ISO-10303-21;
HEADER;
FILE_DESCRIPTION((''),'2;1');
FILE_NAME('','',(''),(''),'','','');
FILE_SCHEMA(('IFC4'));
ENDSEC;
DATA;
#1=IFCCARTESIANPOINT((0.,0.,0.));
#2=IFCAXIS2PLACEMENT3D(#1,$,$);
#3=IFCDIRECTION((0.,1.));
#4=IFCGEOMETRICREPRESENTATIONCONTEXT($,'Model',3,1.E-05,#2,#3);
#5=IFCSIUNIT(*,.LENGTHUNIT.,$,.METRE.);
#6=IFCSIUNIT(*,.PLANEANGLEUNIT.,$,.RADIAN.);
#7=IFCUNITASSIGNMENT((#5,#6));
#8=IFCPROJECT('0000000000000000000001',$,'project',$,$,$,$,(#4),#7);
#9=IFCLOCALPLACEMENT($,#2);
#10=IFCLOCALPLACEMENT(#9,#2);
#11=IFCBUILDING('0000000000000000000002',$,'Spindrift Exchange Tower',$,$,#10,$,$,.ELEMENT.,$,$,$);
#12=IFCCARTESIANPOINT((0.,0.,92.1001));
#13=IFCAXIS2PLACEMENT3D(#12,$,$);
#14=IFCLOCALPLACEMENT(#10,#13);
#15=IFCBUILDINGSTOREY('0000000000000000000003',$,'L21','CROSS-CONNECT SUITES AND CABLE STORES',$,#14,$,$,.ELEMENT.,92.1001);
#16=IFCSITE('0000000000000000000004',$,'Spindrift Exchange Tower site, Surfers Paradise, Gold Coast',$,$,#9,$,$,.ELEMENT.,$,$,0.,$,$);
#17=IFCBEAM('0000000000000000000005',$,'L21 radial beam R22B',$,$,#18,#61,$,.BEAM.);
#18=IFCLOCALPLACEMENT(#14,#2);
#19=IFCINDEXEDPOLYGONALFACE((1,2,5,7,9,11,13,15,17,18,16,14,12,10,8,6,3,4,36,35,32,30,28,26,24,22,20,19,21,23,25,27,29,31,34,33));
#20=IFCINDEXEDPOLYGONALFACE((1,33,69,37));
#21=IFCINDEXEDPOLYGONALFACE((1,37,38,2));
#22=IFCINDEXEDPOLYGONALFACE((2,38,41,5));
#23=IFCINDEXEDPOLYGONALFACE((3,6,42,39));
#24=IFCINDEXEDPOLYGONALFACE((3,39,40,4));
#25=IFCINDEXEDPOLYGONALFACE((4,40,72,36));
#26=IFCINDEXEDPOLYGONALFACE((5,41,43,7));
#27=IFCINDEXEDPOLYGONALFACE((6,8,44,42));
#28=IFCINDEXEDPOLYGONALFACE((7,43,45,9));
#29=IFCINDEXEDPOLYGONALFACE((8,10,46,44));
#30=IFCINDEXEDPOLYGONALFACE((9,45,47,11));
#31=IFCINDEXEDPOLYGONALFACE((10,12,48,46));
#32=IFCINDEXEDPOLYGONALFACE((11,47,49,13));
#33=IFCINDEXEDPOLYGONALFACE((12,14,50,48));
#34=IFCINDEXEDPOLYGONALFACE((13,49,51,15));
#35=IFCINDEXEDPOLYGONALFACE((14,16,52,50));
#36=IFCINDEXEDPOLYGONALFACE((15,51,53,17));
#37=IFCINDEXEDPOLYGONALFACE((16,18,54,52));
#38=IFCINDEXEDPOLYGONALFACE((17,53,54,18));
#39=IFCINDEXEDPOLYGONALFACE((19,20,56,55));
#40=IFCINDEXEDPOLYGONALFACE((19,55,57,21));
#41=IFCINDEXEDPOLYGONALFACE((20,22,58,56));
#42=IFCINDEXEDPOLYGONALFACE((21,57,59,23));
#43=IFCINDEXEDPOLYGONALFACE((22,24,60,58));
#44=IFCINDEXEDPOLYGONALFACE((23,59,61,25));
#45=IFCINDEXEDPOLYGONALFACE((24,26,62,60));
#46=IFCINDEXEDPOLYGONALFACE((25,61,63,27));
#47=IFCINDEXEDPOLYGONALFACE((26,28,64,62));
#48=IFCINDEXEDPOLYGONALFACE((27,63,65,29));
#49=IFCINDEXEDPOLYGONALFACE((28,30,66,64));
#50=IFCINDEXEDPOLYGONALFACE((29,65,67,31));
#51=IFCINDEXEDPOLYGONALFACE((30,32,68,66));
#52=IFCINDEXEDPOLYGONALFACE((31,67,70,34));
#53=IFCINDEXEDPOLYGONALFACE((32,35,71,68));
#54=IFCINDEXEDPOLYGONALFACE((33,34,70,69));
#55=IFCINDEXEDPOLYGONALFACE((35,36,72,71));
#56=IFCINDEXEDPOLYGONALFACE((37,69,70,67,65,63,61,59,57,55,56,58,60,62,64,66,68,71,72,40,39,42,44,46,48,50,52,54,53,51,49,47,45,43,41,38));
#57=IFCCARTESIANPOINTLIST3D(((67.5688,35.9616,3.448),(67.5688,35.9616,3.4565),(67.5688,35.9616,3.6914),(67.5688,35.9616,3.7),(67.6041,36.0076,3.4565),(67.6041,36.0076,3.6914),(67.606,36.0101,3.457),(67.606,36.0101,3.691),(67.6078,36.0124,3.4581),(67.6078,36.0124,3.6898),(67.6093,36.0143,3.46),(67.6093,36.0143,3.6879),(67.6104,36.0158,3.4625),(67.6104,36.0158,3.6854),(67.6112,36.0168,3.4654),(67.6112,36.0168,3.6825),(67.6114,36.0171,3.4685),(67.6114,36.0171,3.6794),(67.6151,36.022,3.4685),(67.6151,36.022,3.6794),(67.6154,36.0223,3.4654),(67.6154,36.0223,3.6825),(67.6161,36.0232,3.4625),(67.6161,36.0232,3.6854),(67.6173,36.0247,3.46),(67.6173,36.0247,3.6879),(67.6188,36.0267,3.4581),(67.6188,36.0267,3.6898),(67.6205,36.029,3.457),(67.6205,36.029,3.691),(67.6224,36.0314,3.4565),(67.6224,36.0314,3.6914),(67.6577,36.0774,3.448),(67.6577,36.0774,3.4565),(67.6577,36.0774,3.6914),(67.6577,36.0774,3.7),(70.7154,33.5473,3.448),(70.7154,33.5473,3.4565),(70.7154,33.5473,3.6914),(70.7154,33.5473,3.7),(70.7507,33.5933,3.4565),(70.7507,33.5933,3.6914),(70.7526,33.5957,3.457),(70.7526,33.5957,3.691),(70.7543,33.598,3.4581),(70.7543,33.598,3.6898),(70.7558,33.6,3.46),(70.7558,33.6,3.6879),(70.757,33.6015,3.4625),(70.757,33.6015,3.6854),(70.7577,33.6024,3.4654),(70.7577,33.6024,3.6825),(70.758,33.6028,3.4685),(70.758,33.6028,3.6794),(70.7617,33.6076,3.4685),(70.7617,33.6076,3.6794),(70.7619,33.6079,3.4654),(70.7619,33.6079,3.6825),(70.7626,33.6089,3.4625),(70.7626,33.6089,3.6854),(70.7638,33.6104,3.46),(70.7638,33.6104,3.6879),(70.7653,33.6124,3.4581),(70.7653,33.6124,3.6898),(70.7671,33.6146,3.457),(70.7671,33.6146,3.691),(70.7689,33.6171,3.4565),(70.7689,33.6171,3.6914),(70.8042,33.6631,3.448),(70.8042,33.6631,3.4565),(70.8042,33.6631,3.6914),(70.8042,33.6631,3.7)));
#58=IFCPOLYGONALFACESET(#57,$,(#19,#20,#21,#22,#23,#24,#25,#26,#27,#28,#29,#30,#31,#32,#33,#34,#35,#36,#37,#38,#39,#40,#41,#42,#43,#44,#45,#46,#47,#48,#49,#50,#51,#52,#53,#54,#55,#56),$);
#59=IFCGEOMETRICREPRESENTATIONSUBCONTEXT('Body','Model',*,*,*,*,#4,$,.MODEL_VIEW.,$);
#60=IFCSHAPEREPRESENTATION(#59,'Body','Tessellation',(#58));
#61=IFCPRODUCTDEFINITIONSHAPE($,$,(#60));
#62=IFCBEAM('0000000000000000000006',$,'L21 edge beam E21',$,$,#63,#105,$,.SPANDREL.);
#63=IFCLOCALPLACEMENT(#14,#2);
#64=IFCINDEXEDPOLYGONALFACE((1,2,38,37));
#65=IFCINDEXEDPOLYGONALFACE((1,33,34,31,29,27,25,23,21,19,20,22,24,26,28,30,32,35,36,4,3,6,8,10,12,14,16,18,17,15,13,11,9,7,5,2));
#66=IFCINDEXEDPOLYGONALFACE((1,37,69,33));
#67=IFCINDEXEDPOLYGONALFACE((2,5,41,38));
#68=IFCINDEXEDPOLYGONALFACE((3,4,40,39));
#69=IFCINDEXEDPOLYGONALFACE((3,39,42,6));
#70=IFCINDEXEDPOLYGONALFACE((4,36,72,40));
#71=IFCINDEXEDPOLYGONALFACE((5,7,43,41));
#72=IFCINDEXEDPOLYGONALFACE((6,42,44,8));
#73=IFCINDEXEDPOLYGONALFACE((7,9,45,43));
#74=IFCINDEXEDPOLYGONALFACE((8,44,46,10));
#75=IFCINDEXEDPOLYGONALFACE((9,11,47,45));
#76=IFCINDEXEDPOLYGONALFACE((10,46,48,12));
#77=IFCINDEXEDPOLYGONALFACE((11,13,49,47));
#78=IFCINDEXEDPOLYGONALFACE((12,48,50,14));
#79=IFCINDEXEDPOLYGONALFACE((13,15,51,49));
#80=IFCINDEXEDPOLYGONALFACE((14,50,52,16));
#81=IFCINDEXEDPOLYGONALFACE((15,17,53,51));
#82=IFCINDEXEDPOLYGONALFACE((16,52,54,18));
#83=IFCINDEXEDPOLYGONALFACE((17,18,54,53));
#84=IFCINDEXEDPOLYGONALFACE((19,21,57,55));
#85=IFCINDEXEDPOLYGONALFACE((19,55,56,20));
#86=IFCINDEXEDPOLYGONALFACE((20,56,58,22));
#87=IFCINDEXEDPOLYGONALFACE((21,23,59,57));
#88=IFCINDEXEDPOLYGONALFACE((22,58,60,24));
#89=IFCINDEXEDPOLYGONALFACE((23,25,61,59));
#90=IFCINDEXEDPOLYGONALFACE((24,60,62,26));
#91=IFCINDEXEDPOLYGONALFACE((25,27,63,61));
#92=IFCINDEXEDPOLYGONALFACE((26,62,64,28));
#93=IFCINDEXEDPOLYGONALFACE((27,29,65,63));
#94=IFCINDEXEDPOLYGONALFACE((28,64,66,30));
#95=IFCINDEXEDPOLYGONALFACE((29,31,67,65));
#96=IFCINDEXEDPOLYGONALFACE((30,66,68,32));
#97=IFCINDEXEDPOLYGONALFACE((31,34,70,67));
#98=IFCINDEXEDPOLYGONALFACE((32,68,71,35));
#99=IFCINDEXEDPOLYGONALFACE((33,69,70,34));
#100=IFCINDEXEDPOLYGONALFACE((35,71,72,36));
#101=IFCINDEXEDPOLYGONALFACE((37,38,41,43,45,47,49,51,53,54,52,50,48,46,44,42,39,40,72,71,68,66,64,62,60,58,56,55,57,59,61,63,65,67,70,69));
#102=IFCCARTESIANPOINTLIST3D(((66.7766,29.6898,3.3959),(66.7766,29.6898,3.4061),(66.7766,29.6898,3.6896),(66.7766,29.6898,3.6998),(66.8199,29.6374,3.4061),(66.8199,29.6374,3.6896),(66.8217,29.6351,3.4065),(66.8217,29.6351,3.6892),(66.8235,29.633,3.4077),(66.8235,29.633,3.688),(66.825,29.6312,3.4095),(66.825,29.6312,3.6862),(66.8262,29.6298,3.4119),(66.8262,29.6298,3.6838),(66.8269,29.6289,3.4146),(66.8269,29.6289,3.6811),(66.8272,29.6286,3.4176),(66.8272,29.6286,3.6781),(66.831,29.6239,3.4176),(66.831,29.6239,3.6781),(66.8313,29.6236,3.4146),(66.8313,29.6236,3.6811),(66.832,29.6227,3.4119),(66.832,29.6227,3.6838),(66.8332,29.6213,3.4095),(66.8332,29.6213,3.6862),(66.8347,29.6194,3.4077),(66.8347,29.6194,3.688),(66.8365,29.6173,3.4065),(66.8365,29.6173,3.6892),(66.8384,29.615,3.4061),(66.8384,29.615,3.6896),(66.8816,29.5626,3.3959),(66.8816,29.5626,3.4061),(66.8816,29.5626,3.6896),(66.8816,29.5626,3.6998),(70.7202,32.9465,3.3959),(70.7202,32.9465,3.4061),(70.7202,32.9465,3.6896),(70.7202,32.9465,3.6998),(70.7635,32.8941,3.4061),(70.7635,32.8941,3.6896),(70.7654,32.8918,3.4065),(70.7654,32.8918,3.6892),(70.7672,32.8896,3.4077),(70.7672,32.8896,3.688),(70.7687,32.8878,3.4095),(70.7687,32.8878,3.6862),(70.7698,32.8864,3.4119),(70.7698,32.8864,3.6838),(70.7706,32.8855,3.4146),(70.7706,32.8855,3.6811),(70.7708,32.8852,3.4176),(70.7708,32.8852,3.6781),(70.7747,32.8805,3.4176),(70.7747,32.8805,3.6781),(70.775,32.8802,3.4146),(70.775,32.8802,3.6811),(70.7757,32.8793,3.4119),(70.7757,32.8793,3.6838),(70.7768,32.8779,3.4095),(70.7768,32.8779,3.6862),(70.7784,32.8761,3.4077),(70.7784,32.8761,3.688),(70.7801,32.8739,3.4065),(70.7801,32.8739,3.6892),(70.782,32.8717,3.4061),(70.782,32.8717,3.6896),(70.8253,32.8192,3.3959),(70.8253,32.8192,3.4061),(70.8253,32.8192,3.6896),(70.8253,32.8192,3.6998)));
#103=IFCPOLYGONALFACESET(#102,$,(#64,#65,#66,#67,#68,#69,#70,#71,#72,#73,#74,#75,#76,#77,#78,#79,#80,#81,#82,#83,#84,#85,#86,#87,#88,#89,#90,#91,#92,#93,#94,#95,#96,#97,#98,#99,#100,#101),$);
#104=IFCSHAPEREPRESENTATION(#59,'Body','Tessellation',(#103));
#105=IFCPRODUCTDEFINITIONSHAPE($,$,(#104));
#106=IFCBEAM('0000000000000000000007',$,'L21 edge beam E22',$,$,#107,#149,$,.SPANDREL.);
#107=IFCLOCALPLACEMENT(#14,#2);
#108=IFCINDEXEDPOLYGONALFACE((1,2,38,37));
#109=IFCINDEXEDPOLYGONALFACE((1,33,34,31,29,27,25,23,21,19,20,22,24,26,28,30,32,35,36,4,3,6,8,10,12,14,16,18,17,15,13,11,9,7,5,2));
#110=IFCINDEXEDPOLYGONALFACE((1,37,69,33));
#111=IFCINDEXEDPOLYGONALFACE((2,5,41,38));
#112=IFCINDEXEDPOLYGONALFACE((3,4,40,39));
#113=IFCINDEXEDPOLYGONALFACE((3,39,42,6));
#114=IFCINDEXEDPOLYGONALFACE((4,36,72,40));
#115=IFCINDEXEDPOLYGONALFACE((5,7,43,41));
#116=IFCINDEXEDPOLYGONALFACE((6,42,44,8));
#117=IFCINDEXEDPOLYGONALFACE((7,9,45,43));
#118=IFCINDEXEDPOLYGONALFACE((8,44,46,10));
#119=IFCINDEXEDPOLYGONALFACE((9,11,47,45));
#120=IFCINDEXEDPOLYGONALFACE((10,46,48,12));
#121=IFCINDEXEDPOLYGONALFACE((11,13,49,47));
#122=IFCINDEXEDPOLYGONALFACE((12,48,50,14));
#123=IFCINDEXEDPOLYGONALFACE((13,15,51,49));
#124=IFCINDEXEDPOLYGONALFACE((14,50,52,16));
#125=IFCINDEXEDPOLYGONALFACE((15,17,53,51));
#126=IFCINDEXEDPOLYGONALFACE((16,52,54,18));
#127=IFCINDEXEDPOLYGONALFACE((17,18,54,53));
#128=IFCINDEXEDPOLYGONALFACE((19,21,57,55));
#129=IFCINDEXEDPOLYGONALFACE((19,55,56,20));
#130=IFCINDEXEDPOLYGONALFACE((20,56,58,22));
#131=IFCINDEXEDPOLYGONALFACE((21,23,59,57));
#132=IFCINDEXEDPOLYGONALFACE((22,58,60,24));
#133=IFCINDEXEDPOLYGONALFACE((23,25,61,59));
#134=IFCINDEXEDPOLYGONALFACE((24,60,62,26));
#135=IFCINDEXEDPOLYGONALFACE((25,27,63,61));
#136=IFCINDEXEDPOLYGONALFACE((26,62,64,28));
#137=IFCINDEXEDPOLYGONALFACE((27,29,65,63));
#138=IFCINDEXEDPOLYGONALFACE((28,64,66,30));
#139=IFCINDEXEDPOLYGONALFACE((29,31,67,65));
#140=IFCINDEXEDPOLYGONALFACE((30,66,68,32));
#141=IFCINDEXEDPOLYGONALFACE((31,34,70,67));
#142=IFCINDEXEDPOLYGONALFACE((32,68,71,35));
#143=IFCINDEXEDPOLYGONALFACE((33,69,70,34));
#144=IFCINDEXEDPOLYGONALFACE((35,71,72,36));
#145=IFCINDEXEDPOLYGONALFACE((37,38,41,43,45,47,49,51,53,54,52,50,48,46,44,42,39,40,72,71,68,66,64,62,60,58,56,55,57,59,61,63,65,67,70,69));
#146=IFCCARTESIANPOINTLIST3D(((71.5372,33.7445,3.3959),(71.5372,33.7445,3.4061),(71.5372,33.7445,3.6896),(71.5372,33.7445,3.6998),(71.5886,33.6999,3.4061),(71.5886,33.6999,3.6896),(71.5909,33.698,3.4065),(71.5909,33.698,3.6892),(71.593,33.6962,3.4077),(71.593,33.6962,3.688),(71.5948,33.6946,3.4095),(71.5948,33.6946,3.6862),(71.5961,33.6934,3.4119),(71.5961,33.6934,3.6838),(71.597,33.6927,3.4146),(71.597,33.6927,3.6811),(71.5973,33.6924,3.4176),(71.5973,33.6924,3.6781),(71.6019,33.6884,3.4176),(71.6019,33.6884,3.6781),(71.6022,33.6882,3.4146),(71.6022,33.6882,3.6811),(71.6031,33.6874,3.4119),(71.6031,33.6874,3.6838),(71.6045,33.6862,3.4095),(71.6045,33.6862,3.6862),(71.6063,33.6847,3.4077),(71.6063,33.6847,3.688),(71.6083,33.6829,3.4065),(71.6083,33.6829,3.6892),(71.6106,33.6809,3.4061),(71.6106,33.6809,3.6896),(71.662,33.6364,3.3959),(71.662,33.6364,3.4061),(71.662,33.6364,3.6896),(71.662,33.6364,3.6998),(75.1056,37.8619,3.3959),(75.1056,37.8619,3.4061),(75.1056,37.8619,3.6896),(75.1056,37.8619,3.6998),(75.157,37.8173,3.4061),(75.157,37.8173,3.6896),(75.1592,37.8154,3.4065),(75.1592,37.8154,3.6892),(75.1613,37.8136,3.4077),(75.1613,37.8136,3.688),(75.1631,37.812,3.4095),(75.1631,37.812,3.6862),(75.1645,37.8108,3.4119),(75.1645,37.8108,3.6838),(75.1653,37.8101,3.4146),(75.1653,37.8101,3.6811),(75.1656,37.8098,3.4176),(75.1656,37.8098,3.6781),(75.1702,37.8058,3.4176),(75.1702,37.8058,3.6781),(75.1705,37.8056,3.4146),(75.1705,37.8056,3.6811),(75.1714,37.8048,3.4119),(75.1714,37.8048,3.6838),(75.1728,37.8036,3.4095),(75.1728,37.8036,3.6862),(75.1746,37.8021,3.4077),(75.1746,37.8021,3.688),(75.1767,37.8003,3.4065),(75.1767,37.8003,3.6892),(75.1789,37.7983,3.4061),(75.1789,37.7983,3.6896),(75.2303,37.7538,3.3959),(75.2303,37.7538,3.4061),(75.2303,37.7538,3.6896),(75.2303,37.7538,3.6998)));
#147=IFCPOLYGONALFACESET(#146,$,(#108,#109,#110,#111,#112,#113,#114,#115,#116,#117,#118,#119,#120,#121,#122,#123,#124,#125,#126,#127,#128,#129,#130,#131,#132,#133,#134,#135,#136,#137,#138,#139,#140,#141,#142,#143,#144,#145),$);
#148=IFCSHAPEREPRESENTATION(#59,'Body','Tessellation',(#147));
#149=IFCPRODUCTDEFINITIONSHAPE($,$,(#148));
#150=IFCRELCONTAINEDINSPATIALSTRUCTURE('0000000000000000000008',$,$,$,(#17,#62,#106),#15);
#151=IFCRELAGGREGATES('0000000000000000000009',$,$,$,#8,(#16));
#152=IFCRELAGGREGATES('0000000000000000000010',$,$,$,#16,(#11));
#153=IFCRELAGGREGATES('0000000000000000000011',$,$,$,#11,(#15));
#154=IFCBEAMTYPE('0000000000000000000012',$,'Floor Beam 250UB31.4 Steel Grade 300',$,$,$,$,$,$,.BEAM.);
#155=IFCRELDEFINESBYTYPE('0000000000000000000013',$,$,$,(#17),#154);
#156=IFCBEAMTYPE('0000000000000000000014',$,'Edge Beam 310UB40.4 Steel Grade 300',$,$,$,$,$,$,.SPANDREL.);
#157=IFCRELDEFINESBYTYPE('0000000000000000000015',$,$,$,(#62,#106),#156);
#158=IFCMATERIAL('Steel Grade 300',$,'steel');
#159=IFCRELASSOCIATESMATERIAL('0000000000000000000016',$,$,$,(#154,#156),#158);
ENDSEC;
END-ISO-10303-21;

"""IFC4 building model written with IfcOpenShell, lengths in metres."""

from ifc_helpers import new_model, si_unit, direction, frame, origin, origin_2d, place, context, subcontext, project, spatial, i_section, extrude, source, transform, mapped, material, material_profile, profile_set, type_object, element, save


model = new_model("IFC4")

# Units and contexts
model_context = context("Model", 3, precision=1e-05, world=origin(), true_north=direction((0.0, 1.0)))
body_context = subcontext(model_context, "Body", "Model", "MODEL_VIEW")
ifc_project = project(units=[si_unit("LENGTHUNIT", "METRE"), si_unit("PLANEANGLEUNIT", "RADIAN")], contexts=[model_context])

# Site, building, storey
site_placement = place(None, origin())
site = spatial("IfcSite", under=ifc_project, at=site_placement, Name="Spindrift Exchange Tower site, Surfers Paradise, Gold Coast", CompositionType="ELEMENT", RefElevation=0.0)
building_placement = place(site_placement, origin())
building = spatial("IfcBuilding", under=site, at=building_placement, Name="Spindrift Exchange Tower", CompositionType="ELEMENT")
storey_placement = place(building_placement, frame((0.0, 0.0, 92.1001)))
storey = spatial("IfcBuildingStorey", under=building, at=storey_placement, Name="L21", Description="CROSS-CONNECT SUITES AND CABLE STORES", CompositionType="ELEMENT", Elevation=92.1001)

# Beams
ifc_material_1 = material(Name="Steel Grade 300", Category="steel")
ifc_material_profile_1 = material_profile(ifc_material_1, i_section(OverallWidth=0.146, OverallDepth=0.252, WebThickness=0.0061, FlangeThickness=0.0085, FilletRadius=0.012, at=origin_2d()), Name="250UB31.4")
ifc_profile_set_1 = profile_set([ifc_material_profile_1], Name="Steel Grade 300")
beam_type_1 = type_object("IfcBeamType", Name="Floor Beam 250UB31.4 Steel Grade 300", PredefinedType="BEAM", material=ifc_profile_set_1)
shared_shape_1 = source(origin(), body_context, "Body", "SweptSolid", [
    extrude(i_section(OverallWidth=0.146, OverallDepth=0.252, WebThickness=0.0061, FlangeThickness=0.0085, FilletRadius=0.012, at=origin_2d()), origin(), (0.0, 0.0, 1.0), 3.9661),
])
beam_1_placement = place(storey_placement, frame((67.6133, 36.0195, 3.574), z_axis=(0.793363, -0.608749, 0.0), x_axis=(0.608749, 0.793363, 0.0)))
element("IfcBeam", 1, at=beam_1_placement, inside=storey, type_object=beam_type_1, Name="L21 radial beam R22B", PredefinedType="BEAM", context=body_context, shape_type="MappedRepresentation", body=[
    mapped(shared_shape_1, transform((0.0, 0.0, 0.0), scale=1.0)),
])
ifc_material_profile_2 = material_profile(ifc_material_1, i_section(OverallWidth=0.165, OverallDepth=0.304, WebThickness=0.0061, FlangeThickness=0.0103, FilletRadius=0.0115, at=origin_2d()), Name="310UB40.4")
ifc_profile_set_2 = profile_set([ifc_material_profile_2], Name="Steel Grade 300")
beam_type_2 = type_object("IfcBeamType", Name="Edge Beam 310UB40.4 Steel Grade 300", PredefinedType="SPANDREL", material=ifc_profile_set_2)
shared_shape_2 = source(origin(), body_context, "Body", "SweptSolid", [
    extrude(i_section(OverallWidth=0.165, OverallDepth=0.304, WebThickness=0.0061, FlangeThickness=0.0103, FilletRadius=0.0115, at=origin_2d()), origin(), (0.0, 0.0, 1.0), 5.1145),
])
beam_2_placement = place(storey_placement, frame((66.8291, 29.6262, 3.5479), z_axis=(0.771074, 0.636746, 0.0), x_axis=(-0.636746, 0.771074, 0.0)))
element("IfcBeam", 2, at=beam_2_placement, inside=storey, type_object=beam_type_2, Name="L21 edge beam E21", PredefinedType="SPANDREL", context=body_context, shape_type="MappedRepresentation", body=[
    mapped(shared_shape_2, transform((0.0, 0.0, 0.0), scale=1.0)),
])
shared_shape_3 = source(origin(), body_context, "Body", "SweptSolid", [
    extrude(i_section(OverallWidth=0.165, OverallDepth=0.304, WebThickness=0.0061, FlangeThickness=0.0103, FilletRadius=0.0115, at=origin_2d()), origin(), (0.0, 0.0, 1.0), 5.4485),
])
beam_3_placement = place(storey_placement, frame((71.5996, 33.6904, 3.5479), z_axis=(0.654922, 0.755696, 0.0), x_axis=(-0.755696, 0.654922, 0.0)))
element("IfcBeam", 3, at=beam_3_placement, inside=storey, type_object=beam_type_2, Name="L21 edge beam E22", PredefinedType="SPANDREL", context=body_context, shape_type="MappedRepresentation", body=[
    mapped(shared_shape_3, transform((0.0, 0.0, 0.0), scale=1.0)),
])

save(model, "model.ifc")
